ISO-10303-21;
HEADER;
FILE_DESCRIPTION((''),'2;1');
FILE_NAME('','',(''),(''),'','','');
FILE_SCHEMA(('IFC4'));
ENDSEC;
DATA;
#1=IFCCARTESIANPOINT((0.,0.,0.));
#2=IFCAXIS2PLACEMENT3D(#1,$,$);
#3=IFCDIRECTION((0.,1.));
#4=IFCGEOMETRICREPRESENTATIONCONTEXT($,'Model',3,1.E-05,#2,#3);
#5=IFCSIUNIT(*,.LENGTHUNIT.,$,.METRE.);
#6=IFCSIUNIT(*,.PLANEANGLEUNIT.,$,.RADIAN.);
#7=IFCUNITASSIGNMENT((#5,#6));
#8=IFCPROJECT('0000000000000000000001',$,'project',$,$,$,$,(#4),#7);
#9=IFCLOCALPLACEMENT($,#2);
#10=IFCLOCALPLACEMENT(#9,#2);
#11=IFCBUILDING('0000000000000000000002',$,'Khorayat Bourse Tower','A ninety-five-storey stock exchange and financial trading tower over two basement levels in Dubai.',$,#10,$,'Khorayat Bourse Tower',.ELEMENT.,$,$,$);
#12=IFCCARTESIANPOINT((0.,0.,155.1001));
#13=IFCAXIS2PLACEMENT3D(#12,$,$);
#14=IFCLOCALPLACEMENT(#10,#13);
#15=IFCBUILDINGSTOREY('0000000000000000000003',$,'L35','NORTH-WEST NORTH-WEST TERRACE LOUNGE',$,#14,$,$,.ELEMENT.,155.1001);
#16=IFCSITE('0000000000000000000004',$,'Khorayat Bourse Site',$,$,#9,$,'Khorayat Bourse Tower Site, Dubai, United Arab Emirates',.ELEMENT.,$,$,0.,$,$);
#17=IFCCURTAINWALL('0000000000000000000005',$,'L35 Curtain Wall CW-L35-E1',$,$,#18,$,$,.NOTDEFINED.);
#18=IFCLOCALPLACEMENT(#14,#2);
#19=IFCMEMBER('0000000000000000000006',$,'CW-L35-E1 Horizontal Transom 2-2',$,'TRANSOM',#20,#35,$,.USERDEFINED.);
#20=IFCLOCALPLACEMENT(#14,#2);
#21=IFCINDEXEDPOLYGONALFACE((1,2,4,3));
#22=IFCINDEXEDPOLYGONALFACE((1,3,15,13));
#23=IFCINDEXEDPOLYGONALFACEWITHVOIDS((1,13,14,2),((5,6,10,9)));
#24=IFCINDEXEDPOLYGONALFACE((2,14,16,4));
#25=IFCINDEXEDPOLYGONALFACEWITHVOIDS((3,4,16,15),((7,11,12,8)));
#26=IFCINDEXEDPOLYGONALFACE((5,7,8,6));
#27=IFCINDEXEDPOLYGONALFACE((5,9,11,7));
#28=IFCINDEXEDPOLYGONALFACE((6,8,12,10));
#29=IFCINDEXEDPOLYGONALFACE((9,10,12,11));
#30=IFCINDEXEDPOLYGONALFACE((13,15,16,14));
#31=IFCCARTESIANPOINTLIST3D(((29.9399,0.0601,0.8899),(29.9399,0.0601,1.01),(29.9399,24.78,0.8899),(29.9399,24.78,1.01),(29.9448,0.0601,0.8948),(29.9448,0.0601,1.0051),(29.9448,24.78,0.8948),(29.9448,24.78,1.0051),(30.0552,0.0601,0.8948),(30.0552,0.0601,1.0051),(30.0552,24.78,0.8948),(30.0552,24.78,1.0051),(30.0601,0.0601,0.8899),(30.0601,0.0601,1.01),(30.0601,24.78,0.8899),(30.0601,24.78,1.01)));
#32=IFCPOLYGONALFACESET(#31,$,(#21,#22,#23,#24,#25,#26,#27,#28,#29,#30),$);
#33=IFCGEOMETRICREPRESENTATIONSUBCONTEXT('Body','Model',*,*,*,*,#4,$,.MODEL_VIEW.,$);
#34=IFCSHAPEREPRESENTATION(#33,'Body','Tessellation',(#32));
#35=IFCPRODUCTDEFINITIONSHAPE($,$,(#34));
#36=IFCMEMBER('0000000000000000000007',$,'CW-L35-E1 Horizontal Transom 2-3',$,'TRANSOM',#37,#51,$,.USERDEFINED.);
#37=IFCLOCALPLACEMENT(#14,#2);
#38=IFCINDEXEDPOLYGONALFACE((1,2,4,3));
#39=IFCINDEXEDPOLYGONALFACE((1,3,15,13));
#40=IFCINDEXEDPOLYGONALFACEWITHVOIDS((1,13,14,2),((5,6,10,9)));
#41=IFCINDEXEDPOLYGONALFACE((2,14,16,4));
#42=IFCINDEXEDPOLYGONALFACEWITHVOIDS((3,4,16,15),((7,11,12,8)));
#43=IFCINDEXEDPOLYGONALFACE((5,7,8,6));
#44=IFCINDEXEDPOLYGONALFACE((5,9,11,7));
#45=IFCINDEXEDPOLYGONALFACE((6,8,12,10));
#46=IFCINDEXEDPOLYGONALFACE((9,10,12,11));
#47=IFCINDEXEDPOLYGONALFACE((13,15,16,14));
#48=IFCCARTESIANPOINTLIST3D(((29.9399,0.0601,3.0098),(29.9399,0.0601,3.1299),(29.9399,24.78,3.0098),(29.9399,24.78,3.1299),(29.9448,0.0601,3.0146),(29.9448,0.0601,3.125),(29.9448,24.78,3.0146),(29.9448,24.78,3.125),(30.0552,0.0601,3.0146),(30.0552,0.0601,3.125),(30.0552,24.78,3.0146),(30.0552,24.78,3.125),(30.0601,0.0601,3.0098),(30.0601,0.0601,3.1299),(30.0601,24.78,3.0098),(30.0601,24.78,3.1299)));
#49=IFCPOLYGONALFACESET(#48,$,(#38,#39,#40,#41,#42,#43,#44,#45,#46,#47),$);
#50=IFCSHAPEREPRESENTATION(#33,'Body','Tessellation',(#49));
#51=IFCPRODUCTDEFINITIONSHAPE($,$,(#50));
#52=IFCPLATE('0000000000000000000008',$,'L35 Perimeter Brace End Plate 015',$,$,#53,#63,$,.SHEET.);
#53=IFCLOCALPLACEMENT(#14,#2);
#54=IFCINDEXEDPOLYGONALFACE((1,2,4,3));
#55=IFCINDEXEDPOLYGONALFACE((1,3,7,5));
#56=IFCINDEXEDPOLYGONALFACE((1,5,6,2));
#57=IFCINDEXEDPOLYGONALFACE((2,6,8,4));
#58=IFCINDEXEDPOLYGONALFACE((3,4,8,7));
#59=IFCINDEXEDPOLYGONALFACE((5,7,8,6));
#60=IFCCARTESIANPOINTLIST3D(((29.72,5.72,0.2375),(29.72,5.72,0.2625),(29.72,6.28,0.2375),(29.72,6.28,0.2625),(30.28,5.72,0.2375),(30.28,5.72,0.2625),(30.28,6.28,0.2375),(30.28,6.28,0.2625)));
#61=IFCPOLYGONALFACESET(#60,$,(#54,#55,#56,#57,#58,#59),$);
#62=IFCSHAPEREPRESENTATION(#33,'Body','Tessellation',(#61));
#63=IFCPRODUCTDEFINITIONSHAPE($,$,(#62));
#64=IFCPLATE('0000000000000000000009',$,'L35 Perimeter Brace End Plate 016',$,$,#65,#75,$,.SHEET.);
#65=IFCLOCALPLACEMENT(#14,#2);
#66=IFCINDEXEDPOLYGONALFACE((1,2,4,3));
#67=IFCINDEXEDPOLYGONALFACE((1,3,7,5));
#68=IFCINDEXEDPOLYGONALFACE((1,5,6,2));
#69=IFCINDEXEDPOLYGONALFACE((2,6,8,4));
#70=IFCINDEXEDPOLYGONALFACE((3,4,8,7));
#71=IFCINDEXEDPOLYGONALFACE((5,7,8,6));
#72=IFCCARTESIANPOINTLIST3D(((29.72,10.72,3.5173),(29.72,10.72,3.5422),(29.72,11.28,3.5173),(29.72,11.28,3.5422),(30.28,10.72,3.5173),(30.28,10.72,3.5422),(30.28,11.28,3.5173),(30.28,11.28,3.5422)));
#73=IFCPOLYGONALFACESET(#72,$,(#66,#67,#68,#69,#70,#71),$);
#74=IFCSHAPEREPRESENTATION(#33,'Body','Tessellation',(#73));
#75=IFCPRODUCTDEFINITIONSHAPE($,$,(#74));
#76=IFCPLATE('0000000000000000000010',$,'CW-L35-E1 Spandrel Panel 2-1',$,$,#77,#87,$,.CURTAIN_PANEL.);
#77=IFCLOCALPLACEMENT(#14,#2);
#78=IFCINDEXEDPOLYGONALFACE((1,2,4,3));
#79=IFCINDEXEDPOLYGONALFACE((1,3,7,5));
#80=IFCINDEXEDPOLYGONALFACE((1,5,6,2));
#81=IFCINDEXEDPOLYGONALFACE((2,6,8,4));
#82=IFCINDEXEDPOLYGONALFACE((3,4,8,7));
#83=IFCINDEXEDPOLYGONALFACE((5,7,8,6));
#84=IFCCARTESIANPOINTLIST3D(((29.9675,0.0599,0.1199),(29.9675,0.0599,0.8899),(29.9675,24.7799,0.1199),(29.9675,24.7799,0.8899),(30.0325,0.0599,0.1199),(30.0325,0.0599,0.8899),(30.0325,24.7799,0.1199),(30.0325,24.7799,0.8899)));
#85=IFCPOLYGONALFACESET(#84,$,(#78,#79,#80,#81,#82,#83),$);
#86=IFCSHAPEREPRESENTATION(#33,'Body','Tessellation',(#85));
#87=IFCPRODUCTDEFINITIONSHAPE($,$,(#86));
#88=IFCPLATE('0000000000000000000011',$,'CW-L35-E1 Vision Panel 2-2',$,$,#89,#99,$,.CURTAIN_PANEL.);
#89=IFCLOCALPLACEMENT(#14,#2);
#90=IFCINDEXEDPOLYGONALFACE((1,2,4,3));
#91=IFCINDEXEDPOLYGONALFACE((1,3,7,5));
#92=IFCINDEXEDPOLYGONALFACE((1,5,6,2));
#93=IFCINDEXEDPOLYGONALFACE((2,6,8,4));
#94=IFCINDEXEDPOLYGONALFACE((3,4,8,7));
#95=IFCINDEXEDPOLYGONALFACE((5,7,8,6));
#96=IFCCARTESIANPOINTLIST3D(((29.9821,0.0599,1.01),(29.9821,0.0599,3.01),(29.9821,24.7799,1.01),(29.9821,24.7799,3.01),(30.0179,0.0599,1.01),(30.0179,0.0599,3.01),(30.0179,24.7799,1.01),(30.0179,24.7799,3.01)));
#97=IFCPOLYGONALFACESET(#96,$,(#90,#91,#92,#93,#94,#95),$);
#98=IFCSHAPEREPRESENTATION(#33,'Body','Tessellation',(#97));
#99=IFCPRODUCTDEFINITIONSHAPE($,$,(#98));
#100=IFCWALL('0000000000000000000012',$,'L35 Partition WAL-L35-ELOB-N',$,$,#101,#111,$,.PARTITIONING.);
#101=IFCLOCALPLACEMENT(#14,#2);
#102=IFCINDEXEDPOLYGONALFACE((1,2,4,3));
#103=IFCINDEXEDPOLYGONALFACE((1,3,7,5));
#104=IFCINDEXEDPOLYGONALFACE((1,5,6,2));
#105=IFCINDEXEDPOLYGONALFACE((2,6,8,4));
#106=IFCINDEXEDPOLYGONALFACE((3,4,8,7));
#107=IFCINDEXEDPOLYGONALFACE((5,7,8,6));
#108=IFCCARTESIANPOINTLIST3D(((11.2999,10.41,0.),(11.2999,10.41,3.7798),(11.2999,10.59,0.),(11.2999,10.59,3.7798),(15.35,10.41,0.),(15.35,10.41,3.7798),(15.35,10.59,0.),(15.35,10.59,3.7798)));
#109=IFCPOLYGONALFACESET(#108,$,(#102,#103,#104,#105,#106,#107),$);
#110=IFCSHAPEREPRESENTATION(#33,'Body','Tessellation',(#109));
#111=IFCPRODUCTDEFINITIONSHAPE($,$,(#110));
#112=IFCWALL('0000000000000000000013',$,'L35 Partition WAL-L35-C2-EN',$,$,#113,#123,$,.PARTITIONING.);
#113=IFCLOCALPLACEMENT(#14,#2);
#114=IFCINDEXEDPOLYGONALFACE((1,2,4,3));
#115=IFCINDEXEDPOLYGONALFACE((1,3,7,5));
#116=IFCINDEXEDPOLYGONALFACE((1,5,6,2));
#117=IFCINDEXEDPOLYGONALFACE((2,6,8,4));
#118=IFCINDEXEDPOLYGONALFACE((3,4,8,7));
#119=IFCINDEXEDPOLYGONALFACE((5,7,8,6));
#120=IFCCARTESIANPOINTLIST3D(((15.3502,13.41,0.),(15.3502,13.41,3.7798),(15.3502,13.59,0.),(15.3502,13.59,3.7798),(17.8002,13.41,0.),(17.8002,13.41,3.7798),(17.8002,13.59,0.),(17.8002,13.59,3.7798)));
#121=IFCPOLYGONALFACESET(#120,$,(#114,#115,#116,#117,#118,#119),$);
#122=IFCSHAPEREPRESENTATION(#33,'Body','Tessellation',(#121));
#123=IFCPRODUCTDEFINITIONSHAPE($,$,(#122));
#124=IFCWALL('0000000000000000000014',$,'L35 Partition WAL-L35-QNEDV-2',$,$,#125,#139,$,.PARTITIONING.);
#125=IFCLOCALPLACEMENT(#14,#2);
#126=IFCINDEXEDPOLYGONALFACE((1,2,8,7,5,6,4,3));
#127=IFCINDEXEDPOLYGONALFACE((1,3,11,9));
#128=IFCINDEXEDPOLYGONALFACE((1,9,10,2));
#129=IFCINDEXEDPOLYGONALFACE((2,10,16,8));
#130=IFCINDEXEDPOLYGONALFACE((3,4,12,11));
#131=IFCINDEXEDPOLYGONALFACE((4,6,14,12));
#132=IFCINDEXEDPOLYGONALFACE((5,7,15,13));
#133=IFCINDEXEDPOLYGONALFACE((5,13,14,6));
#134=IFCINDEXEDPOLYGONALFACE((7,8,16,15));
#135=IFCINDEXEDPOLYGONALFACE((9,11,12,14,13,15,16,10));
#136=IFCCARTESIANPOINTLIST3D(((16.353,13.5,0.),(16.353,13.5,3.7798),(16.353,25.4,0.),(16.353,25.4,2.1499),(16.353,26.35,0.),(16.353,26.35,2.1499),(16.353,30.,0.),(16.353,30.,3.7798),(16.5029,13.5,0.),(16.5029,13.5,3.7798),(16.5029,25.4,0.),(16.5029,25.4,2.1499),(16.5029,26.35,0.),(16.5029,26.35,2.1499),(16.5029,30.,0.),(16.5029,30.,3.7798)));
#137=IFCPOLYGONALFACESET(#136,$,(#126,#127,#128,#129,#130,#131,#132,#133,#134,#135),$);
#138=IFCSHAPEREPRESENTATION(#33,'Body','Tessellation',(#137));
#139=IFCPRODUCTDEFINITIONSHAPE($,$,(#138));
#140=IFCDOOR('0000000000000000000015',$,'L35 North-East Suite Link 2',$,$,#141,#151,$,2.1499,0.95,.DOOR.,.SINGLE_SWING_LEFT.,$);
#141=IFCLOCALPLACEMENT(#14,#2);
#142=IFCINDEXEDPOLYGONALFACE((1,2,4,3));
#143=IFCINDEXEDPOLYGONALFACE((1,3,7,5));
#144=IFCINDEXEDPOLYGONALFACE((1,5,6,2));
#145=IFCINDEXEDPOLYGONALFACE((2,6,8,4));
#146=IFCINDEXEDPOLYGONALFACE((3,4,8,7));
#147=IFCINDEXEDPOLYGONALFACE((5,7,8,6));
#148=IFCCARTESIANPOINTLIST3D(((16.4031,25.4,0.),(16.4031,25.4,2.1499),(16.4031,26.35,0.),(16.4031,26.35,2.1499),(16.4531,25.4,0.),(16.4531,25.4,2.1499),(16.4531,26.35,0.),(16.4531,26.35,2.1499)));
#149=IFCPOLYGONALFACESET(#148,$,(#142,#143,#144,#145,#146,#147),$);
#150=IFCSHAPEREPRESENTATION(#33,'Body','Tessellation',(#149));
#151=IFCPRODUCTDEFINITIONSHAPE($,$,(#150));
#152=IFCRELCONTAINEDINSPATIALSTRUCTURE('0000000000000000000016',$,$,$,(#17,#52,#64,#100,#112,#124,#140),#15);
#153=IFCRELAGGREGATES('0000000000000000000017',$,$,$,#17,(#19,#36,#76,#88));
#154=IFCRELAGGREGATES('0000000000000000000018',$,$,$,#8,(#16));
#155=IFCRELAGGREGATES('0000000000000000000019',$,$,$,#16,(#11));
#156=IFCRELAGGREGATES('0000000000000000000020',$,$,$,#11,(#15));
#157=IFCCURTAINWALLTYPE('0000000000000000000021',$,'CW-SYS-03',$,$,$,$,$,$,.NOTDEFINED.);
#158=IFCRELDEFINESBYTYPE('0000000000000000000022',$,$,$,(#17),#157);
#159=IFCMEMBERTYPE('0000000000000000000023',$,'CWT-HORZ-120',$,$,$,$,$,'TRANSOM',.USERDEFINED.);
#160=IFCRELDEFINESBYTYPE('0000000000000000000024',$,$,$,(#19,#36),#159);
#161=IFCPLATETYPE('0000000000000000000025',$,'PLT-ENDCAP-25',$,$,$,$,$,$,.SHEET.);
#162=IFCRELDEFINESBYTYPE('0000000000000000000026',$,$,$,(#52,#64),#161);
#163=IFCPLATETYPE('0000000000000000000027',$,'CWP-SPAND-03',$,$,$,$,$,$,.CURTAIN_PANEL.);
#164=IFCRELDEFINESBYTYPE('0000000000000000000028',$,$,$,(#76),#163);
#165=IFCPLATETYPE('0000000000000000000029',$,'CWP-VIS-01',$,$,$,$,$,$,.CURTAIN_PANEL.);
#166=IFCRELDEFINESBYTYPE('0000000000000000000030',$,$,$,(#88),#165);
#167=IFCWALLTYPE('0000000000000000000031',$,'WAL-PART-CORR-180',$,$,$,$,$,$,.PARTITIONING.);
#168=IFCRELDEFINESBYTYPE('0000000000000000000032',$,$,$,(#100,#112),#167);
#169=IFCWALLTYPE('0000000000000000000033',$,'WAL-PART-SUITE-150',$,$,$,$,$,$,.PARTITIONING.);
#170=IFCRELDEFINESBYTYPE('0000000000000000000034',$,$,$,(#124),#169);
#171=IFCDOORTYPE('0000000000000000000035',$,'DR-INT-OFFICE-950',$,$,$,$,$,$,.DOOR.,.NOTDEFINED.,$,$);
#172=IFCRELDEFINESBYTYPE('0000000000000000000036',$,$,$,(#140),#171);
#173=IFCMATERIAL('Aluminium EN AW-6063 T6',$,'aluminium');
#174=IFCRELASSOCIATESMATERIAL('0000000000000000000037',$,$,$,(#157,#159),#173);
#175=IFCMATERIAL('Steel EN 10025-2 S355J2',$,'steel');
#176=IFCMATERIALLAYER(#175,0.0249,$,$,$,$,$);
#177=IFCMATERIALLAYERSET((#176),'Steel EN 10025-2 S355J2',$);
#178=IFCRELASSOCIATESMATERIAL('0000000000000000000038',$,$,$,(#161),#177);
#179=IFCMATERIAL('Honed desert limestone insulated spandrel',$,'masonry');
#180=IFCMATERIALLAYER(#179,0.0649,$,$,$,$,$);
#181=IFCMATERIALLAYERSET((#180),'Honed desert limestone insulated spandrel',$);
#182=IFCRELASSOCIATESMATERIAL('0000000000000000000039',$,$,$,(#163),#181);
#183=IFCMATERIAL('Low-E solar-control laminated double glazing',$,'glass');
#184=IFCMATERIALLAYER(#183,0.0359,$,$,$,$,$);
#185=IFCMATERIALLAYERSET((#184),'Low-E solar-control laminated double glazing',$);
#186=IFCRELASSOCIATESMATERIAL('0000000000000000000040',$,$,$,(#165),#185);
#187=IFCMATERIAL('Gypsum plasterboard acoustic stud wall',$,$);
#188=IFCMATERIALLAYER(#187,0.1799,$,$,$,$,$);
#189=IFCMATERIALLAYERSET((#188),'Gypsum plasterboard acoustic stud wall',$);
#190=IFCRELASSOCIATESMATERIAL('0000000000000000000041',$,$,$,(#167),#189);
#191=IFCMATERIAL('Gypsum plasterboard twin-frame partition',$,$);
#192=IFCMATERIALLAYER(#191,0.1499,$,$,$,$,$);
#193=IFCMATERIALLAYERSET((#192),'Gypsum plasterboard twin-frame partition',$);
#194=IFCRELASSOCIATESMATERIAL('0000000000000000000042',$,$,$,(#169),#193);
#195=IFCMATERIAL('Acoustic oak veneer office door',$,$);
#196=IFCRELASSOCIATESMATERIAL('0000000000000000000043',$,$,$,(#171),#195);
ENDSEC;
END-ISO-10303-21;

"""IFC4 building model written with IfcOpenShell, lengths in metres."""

from ifc_helpers import new_model, si_unit, direction, frame, frame_2d, origin, origin_2d, place, context, subcontext, project, spatial, rectangle, hollow_rectangle, extrude, source, transform, mapped, material, layer, layer_set, material_profile, profile_set, type_object, element, fill, aggregate, save


model = new_model("IFC4")

# Units and contexts
model_context = context("Model", 3, precision=1e-05, world=origin(), true_north=direction((0.0, 1.0)))
body_context = subcontext(model_context, "Body", "Model", "MODEL_VIEW")
ifc_project = project(units=[si_unit("LENGTHUNIT", "METRE"), si_unit("PLANEANGLEUNIT", "RADIAN")], contexts=[model_context])

# Site, building, storey
site_placement = place(None, origin())
site = spatial("IfcSite", under=ifc_project, at=site_placement, Name="Khorayat Bourse Site", LongName="Khorayat Bourse Tower Site, Dubai, United Arab Emirates", CompositionType="ELEMENT", RefElevation=0.0)
building_placement = place(site_placement, origin())
building = spatial("IfcBuilding", under=site, at=building_placement, Name="Khorayat Bourse Tower", Description="A ninety-five-storey stock exchange and financial trading tower over two basement levels in Dubai.", LongName="Khorayat Bourse Tower", CompositionType="ELEMENT")
storey_placement = place(building_placement, frame((0.0, 0.0, 155.1001)))
storey = spatial("IfcBuildingStorey", under=building, at=storey_placement, Name="L35", Description="NORTH-WEST NORTH-WEST TERRACE LOUNGE", CompositionType="ELEMENT", Elevation=155.1001)

# Curtain wall, members
ifc_material_1 = material(Name="Aluminium EN AW-6063 T6", Category="aluminium")
curtain_wall_type = type_object("IfcCurtainWallType", Name="CW-SYS-03", PredefinedType="NOTDEFINED", material=ifc_material_1)
curtain_wall_placement = place(storey_placement, origin())
curtain_wall = element("IfcCurtainWall", 1, at=curtain_wall_placement, inside=storey, type_object=curtain_wall_type, Name="L35 Curtain Wall CW-L35-E1", PredefinedType="NOTDEFINED")
ifc_material_profile_1 = material_profile(ifc_material_1, hollow_rectangle(XDim=0.1201, YDim=0.1201, WallThickness=0.0049, at=origin_2d()), Name="ALU 120x120x5")
ifc_profile_set_1 = profile_set([ifc_material_profile_1], Name="Aluminium EN AW-6063 T6")
member_type_1 = type_object("IfcMemberType", Name="CWT-HORZ-120", ElementType="TRANSOM", PredefinedType="USERDEFINED", material=ifc_profile_set_1)
shared_shape_1 = source(origin(), body_context, "Body", "SweptSolid", [
    extrude(hollow_rectangle(XDim=0.1201, YDim=0.1201, WallThickness=0.0049, at=origin_2d()), origin(), (0.0, 0.0, 1.0), 24.72),
])
member_1_placement = place(storey_placement, frame((30.0, 0.0601, 0.95), z_axis=(0.0, 1.0, 0.0), x_axis=(-1.0, 0.0, 0.0)))
member_1 = element("IfcMember", 2, at=member_1_placement, type_object=member_type_1, Name="CW-L35-E1 Horizontal Transom 2-2", ObjectType="TRANSOM", PredefinedType="USERDEFINED", context=body_context, shape_type="MappedRepresentation", body=[
    mapped(shared_shape_1, transform((0.0, 0.0, 0.0), scale=1.0)),
])
member_2_placement = place(storey_placement, frame((30.0, 0.0601, 3.0698), z_axis=(0.0, 1.0, 0.0), x_axis=(-1.0, 0.0, 0.0)))
member_2 = element("IfcMember", 3, at=member_2_placement, type_object=member_type_1, Name="CW-L35-E1 Horizontal Transom 2-3", ObjectType="TRANSOM", PredefinedType="USERDEFINED", context=body_context, shape_type="MappedRepresentation", body=[
    mapped(shared_shape_1, transform((0.0, 0.0, 0.0), scale=1.0)),
])

# Plates
ifc_material_2 = material(Name="Steel EN 10025-2 S355J2", Category="steel")
ifc_layer_1 = layer(ifc_material_2, 0.0249)
ifc_layer_set_1 = layer_set([ifc_layer_1], Name="Steel EN 10025-2 S355J2")
plate_type_1 = type_object("IfcPlateType", Name="PLT-ENDCAP-25", PredefinedType="SHEET", material=ifc_layer_set_1)
shared_shape_2 = source(origin(), body_context, "Body", "SweptSolid", [
    extrude(rectangle(XDim=0.5601, YDim=0.5601, at=origin_2d()), origin(), (0.0, 0.0, 1.0), 0.0249),
])
for number, where, z_axis, x_axis, name in (
    (4, (30.0, 6.0, 0.2375), (0.0, 0.0, 1.0), (1.0, 0.0, 0.0), "L35 Perimeter Brace End Plate 015"),
    (5, (30.0, 11.0, 3.5173), (0.0, 0.0, 1.0), (1.0, 0.0, 0.0), "L35 Perimeter Brace End Plate 016"),
):
    element("IfcPlate", number, at=place(storey_placement, frame(where, z_axis=z_axis, x_axis=x_axis)), inside=storey, type_object=plate_type_1, Name=name, PredefinedType="SHEET", context=body_context, shape_type="MappedRepresentation", body=[
        mapped(shared_shape_2, transform((0.0, 0.0, 0.0), scale=1.0)),
    ])

# Plates
ifc_material_3 = material(Name="Honed desert limestone insulated spandrel", Category="masonry")
ifc_layer_2 = layer(ifc_material_3, 0.0649)
ifc_layer_set_2 = layer_set([ifc_layer_2], Name="Honed desert limestone insulated spandrel")
plate_type_2 = type_object("IfcPlateType", Name="CWP-SPAND-03", PredefinedType="CURTAIN_PANEL", material=ifc_layer_set_2)
shared_shape_3 = source(origin(), body_context, "Body", "SweptSolid", [
    extrude(rectangle(XDim=24.72, YDim=0.0649, at=origin_2d()), origin(), (0.0, 0.0, 1.0), 0.77),
])
plate_1_placement = place(storey_placement, frame((30.0, 12.4199, 0.1199), z_axis=(0.0, 0.0, 1.0), x_axis=(0.0, 1.0, 0.0)))
plate_1 = element("IfcPlate", 6, at=plate_1_placement, type_object=plate_type_2, Name="CW-L35-E1 Spandrel Panel 2-1", PredefinedType="CURTAIN_PANEL", context=body_context, shape_type="MappedRepresentation", body=[
    mapped(shared_shape_3, transform((0.0, 0.0, 0.0), scale=1.0)),
])
ifc_material_4 = material(Name="Low-E solar-control laminated double glazing", Category="glass")
ifc_layer_3 = layer(ifc_material_4, 0.0359)
ifc_layer_set_3 = layer_set([ifc_layer_3], Name="Low-E solar-control laminated double glazing")
plate_type_3 = type_object("IfcPlateType", Name="CWP-VIS-01", PredefinedType="CURTAIN_PANEL", material=ifc_layer_set_3)
shared_shape_4 = source(origin(), body_context, "Body", "SweptSolid", [
    extrude(rectangle(XDim=24.72, YDim=0.0359, at=origin_2d()), origin(), (0.0, 0.0, 1.0), 2.0),
])
plate_2_placement = place(storey_placement, frame((30.0, 12.4199, 1.01), z_axis=(0.0, 0.0, 1.0), x_axis=(0.0, 1.0, 0.0)))
plate_2 = element("IfcPlate", 7, at=plate_2_placement, type_object=plate_type_3, Name="CW-L35-E1 Vision Panel 2-2", PredefinedType="CURTAIN_PANEL", context=body_context, shape_type="MappedRepresentation", body=[
    mapped(shared_shape_4, transform((0.0, 0.0, 0.0), scale=1.0)),
])
aggregate(curtain_wall, [member_1, member_2, plate_1, plate_2])

# Walls
ifc_material_5 = material(Name="Gypsum plasterboard acoustic stud wall")
ifc_layer_4 = layer(ifc_material_5, 0.1799)
ifc_layer_set_4 = layer_set([ifc_layer_4], Name="Gypsum plasterboard acoustic stud wall")
wall_type_1 = type_object("IfcWallType", Name="WAL-PART-CORR-180", PredefinedType="PARTITIONING", material=ifc_layer_set_4)
shared_shape_5 = source(origin(), body_context, "Body", "SweptSolid", [
    extrude(rectangle(XDim=4.05, YDim=0.1799, at=frame_2d((2.0249, 0.0))), origin(), (0.0, 0.0, 1.0), 3.7798),
])
wall_1_placement = place(storey_placement, frame((11.3, 10.5, 0.0), z_axis=(0.0, 0.0, 1.0), x_axis=(1.0, 0.0, 0.0)))
element("IfcWall", 8, at=wall_1_placement, inside=storey, type_object=wall_type_1, Name="L35 Partition WAL-L35-ELOB-N", PredefinedType="PARTITIONING", context=body_context, shape_type="MappedRepresentation", body=[
    mapped(shared_shape_5, transform((0.0, 0.0, 0.0), scale=1.0)),
])
shared_shape_6 = source(origin(), body_context, "Body", "SweptSolid", [
    extrude(rectangle(XDim=2.45, YDim=0.1799, at=frame_2d((1.2251, 0.0))), origin(), (0.0, 0.0, 1.0), 3.7798),
])
wall_2_placement = place(storey_placement, frame((15.3501, 13.5, 0.0), z_axis=(0.0, 0.0, 1.0), x_axis=(1.0, 0.0, 0.0)))
element("IfcWall", 9, at=wall_2_placement, inside=storey, type_object=wall_type_1, Name="L35 Partition WAL-L35-C2-EN", PredefinedType="PARTITIONING", context=body_context, shape_type="MappedRepresentation", body=[
    mapped(shared_shape_6, transform((0.0, 0.0, 0.0), scale=1.0)),
])

# Wall, opening, door
ifc_material_6 = material(Name="Gypsum plasterboard twin-frame partition")
ifc_layer_5 = layer(ifc_material_6, 0.1499)
ifc_layer_set_5 = layer_set([ifc_layer_5], Name="Gypsum plasterboard twin-frame partition")
wall_type_2 = type_object("IfcWallType", Name="WAL-PART-SUITE-150", PredefinedType="PARTITIONING", material=ifc_layer_set_5)
shared_shape_7 = source(origin(), body_context, "Body", "SweptSolid", [
    extrude(rectangle(XDim=16.5, YDim=0.1499, at=frame_2d((8.25, 0.0))), origin(), (0.0, 0.0, 1.0), 3.7798),
])
wall_3_placement = place(storey_placement, frame((16.428, 13.5, 0.0), z_axis=(0.0, 0.0, 1.0), x_axis=(0.0, 1.0, 0.0)))
wall_3 = element("IfcWall", 10, at=wall_3_placement, inside=storey, type_object=wall_type_2, Name="L35 Partition WAL-L35-QNEDV-2", PredefinedType="PARTITIONING", context=body_context, shape_type="MappedRepresentation", body=[
    mapped(shared_shape_7, transform((0.0, 0.0, 0.0), scale=1.0)),
])
shared_shape_8 = source(origin(), body_context, "Body", "SweptSolid", [
    extrude(rectangle(XDim=0.95, YDim=2.1499, at=frame_2d((0.4751, 1.075))), frame((0.0, 0.085, 0.0), z_axis=(0.0, -1.0, 0.0), x_axis=(1.0, 0.0, 0.0)), (0.0, 0.0, 1.0), 0.1699),
])
opening_1_placement = place(wall_3_placement, frame((11.8999, 0.0, 0.0)))
opening_1 = element("IfcOpeningElement", 11, at=opening_1_placement, cuts=wall_3, PredefinedType="OPENING", context=body_context, shape_type="MappedRepresentation", body=[
    mapped(shared_shape_8, transform((0.0, 0.0, 0.0), scale=1.0)),
])
ifc_material_7 = material(Name="Acoustic oak veneer office door")
door_type = type_object("IfcDoorType", Name="DR-INT-OFFICE-950", OperationType="NOTDEFINED", PredefinedType="DOOR", material=ifc_material_7)
shared_shape_9 = source(origin(), body_context, "Body", "SweptSolid", [
    extrude(rectangle(XDim=0.95, YDim=2.1499, at=frame_2d((0.4751, 1.075))), frame((0.0, 0.0249, 0.0), z_axis=(0.0, -1.0, 0.0), x_axis=(1.0, 0.0, 0.0)), (0.0, 0.0, 1.0), 0.05),
])
door_1_placement = place(opening_1_placement, origin())
door_1 = element("IfcDoor", 12, at=door_1_placement, inside=storey, type_object=door_type, Name="L35 North-East Suite Link 2", OperationType="SINGLE_SWING_LEFT", OverallHeight=2.1499, OverallWidth=0.95, PredefinedType="DOOR", context=body_context, shape_type="MappedRepresentation", body=[
    mapped(shared_shape_9, transform((0.0, 0.0, 0.0), scale=1.0)),
])
fill(opening_1, door_1)

save(model, "model.ifc")
